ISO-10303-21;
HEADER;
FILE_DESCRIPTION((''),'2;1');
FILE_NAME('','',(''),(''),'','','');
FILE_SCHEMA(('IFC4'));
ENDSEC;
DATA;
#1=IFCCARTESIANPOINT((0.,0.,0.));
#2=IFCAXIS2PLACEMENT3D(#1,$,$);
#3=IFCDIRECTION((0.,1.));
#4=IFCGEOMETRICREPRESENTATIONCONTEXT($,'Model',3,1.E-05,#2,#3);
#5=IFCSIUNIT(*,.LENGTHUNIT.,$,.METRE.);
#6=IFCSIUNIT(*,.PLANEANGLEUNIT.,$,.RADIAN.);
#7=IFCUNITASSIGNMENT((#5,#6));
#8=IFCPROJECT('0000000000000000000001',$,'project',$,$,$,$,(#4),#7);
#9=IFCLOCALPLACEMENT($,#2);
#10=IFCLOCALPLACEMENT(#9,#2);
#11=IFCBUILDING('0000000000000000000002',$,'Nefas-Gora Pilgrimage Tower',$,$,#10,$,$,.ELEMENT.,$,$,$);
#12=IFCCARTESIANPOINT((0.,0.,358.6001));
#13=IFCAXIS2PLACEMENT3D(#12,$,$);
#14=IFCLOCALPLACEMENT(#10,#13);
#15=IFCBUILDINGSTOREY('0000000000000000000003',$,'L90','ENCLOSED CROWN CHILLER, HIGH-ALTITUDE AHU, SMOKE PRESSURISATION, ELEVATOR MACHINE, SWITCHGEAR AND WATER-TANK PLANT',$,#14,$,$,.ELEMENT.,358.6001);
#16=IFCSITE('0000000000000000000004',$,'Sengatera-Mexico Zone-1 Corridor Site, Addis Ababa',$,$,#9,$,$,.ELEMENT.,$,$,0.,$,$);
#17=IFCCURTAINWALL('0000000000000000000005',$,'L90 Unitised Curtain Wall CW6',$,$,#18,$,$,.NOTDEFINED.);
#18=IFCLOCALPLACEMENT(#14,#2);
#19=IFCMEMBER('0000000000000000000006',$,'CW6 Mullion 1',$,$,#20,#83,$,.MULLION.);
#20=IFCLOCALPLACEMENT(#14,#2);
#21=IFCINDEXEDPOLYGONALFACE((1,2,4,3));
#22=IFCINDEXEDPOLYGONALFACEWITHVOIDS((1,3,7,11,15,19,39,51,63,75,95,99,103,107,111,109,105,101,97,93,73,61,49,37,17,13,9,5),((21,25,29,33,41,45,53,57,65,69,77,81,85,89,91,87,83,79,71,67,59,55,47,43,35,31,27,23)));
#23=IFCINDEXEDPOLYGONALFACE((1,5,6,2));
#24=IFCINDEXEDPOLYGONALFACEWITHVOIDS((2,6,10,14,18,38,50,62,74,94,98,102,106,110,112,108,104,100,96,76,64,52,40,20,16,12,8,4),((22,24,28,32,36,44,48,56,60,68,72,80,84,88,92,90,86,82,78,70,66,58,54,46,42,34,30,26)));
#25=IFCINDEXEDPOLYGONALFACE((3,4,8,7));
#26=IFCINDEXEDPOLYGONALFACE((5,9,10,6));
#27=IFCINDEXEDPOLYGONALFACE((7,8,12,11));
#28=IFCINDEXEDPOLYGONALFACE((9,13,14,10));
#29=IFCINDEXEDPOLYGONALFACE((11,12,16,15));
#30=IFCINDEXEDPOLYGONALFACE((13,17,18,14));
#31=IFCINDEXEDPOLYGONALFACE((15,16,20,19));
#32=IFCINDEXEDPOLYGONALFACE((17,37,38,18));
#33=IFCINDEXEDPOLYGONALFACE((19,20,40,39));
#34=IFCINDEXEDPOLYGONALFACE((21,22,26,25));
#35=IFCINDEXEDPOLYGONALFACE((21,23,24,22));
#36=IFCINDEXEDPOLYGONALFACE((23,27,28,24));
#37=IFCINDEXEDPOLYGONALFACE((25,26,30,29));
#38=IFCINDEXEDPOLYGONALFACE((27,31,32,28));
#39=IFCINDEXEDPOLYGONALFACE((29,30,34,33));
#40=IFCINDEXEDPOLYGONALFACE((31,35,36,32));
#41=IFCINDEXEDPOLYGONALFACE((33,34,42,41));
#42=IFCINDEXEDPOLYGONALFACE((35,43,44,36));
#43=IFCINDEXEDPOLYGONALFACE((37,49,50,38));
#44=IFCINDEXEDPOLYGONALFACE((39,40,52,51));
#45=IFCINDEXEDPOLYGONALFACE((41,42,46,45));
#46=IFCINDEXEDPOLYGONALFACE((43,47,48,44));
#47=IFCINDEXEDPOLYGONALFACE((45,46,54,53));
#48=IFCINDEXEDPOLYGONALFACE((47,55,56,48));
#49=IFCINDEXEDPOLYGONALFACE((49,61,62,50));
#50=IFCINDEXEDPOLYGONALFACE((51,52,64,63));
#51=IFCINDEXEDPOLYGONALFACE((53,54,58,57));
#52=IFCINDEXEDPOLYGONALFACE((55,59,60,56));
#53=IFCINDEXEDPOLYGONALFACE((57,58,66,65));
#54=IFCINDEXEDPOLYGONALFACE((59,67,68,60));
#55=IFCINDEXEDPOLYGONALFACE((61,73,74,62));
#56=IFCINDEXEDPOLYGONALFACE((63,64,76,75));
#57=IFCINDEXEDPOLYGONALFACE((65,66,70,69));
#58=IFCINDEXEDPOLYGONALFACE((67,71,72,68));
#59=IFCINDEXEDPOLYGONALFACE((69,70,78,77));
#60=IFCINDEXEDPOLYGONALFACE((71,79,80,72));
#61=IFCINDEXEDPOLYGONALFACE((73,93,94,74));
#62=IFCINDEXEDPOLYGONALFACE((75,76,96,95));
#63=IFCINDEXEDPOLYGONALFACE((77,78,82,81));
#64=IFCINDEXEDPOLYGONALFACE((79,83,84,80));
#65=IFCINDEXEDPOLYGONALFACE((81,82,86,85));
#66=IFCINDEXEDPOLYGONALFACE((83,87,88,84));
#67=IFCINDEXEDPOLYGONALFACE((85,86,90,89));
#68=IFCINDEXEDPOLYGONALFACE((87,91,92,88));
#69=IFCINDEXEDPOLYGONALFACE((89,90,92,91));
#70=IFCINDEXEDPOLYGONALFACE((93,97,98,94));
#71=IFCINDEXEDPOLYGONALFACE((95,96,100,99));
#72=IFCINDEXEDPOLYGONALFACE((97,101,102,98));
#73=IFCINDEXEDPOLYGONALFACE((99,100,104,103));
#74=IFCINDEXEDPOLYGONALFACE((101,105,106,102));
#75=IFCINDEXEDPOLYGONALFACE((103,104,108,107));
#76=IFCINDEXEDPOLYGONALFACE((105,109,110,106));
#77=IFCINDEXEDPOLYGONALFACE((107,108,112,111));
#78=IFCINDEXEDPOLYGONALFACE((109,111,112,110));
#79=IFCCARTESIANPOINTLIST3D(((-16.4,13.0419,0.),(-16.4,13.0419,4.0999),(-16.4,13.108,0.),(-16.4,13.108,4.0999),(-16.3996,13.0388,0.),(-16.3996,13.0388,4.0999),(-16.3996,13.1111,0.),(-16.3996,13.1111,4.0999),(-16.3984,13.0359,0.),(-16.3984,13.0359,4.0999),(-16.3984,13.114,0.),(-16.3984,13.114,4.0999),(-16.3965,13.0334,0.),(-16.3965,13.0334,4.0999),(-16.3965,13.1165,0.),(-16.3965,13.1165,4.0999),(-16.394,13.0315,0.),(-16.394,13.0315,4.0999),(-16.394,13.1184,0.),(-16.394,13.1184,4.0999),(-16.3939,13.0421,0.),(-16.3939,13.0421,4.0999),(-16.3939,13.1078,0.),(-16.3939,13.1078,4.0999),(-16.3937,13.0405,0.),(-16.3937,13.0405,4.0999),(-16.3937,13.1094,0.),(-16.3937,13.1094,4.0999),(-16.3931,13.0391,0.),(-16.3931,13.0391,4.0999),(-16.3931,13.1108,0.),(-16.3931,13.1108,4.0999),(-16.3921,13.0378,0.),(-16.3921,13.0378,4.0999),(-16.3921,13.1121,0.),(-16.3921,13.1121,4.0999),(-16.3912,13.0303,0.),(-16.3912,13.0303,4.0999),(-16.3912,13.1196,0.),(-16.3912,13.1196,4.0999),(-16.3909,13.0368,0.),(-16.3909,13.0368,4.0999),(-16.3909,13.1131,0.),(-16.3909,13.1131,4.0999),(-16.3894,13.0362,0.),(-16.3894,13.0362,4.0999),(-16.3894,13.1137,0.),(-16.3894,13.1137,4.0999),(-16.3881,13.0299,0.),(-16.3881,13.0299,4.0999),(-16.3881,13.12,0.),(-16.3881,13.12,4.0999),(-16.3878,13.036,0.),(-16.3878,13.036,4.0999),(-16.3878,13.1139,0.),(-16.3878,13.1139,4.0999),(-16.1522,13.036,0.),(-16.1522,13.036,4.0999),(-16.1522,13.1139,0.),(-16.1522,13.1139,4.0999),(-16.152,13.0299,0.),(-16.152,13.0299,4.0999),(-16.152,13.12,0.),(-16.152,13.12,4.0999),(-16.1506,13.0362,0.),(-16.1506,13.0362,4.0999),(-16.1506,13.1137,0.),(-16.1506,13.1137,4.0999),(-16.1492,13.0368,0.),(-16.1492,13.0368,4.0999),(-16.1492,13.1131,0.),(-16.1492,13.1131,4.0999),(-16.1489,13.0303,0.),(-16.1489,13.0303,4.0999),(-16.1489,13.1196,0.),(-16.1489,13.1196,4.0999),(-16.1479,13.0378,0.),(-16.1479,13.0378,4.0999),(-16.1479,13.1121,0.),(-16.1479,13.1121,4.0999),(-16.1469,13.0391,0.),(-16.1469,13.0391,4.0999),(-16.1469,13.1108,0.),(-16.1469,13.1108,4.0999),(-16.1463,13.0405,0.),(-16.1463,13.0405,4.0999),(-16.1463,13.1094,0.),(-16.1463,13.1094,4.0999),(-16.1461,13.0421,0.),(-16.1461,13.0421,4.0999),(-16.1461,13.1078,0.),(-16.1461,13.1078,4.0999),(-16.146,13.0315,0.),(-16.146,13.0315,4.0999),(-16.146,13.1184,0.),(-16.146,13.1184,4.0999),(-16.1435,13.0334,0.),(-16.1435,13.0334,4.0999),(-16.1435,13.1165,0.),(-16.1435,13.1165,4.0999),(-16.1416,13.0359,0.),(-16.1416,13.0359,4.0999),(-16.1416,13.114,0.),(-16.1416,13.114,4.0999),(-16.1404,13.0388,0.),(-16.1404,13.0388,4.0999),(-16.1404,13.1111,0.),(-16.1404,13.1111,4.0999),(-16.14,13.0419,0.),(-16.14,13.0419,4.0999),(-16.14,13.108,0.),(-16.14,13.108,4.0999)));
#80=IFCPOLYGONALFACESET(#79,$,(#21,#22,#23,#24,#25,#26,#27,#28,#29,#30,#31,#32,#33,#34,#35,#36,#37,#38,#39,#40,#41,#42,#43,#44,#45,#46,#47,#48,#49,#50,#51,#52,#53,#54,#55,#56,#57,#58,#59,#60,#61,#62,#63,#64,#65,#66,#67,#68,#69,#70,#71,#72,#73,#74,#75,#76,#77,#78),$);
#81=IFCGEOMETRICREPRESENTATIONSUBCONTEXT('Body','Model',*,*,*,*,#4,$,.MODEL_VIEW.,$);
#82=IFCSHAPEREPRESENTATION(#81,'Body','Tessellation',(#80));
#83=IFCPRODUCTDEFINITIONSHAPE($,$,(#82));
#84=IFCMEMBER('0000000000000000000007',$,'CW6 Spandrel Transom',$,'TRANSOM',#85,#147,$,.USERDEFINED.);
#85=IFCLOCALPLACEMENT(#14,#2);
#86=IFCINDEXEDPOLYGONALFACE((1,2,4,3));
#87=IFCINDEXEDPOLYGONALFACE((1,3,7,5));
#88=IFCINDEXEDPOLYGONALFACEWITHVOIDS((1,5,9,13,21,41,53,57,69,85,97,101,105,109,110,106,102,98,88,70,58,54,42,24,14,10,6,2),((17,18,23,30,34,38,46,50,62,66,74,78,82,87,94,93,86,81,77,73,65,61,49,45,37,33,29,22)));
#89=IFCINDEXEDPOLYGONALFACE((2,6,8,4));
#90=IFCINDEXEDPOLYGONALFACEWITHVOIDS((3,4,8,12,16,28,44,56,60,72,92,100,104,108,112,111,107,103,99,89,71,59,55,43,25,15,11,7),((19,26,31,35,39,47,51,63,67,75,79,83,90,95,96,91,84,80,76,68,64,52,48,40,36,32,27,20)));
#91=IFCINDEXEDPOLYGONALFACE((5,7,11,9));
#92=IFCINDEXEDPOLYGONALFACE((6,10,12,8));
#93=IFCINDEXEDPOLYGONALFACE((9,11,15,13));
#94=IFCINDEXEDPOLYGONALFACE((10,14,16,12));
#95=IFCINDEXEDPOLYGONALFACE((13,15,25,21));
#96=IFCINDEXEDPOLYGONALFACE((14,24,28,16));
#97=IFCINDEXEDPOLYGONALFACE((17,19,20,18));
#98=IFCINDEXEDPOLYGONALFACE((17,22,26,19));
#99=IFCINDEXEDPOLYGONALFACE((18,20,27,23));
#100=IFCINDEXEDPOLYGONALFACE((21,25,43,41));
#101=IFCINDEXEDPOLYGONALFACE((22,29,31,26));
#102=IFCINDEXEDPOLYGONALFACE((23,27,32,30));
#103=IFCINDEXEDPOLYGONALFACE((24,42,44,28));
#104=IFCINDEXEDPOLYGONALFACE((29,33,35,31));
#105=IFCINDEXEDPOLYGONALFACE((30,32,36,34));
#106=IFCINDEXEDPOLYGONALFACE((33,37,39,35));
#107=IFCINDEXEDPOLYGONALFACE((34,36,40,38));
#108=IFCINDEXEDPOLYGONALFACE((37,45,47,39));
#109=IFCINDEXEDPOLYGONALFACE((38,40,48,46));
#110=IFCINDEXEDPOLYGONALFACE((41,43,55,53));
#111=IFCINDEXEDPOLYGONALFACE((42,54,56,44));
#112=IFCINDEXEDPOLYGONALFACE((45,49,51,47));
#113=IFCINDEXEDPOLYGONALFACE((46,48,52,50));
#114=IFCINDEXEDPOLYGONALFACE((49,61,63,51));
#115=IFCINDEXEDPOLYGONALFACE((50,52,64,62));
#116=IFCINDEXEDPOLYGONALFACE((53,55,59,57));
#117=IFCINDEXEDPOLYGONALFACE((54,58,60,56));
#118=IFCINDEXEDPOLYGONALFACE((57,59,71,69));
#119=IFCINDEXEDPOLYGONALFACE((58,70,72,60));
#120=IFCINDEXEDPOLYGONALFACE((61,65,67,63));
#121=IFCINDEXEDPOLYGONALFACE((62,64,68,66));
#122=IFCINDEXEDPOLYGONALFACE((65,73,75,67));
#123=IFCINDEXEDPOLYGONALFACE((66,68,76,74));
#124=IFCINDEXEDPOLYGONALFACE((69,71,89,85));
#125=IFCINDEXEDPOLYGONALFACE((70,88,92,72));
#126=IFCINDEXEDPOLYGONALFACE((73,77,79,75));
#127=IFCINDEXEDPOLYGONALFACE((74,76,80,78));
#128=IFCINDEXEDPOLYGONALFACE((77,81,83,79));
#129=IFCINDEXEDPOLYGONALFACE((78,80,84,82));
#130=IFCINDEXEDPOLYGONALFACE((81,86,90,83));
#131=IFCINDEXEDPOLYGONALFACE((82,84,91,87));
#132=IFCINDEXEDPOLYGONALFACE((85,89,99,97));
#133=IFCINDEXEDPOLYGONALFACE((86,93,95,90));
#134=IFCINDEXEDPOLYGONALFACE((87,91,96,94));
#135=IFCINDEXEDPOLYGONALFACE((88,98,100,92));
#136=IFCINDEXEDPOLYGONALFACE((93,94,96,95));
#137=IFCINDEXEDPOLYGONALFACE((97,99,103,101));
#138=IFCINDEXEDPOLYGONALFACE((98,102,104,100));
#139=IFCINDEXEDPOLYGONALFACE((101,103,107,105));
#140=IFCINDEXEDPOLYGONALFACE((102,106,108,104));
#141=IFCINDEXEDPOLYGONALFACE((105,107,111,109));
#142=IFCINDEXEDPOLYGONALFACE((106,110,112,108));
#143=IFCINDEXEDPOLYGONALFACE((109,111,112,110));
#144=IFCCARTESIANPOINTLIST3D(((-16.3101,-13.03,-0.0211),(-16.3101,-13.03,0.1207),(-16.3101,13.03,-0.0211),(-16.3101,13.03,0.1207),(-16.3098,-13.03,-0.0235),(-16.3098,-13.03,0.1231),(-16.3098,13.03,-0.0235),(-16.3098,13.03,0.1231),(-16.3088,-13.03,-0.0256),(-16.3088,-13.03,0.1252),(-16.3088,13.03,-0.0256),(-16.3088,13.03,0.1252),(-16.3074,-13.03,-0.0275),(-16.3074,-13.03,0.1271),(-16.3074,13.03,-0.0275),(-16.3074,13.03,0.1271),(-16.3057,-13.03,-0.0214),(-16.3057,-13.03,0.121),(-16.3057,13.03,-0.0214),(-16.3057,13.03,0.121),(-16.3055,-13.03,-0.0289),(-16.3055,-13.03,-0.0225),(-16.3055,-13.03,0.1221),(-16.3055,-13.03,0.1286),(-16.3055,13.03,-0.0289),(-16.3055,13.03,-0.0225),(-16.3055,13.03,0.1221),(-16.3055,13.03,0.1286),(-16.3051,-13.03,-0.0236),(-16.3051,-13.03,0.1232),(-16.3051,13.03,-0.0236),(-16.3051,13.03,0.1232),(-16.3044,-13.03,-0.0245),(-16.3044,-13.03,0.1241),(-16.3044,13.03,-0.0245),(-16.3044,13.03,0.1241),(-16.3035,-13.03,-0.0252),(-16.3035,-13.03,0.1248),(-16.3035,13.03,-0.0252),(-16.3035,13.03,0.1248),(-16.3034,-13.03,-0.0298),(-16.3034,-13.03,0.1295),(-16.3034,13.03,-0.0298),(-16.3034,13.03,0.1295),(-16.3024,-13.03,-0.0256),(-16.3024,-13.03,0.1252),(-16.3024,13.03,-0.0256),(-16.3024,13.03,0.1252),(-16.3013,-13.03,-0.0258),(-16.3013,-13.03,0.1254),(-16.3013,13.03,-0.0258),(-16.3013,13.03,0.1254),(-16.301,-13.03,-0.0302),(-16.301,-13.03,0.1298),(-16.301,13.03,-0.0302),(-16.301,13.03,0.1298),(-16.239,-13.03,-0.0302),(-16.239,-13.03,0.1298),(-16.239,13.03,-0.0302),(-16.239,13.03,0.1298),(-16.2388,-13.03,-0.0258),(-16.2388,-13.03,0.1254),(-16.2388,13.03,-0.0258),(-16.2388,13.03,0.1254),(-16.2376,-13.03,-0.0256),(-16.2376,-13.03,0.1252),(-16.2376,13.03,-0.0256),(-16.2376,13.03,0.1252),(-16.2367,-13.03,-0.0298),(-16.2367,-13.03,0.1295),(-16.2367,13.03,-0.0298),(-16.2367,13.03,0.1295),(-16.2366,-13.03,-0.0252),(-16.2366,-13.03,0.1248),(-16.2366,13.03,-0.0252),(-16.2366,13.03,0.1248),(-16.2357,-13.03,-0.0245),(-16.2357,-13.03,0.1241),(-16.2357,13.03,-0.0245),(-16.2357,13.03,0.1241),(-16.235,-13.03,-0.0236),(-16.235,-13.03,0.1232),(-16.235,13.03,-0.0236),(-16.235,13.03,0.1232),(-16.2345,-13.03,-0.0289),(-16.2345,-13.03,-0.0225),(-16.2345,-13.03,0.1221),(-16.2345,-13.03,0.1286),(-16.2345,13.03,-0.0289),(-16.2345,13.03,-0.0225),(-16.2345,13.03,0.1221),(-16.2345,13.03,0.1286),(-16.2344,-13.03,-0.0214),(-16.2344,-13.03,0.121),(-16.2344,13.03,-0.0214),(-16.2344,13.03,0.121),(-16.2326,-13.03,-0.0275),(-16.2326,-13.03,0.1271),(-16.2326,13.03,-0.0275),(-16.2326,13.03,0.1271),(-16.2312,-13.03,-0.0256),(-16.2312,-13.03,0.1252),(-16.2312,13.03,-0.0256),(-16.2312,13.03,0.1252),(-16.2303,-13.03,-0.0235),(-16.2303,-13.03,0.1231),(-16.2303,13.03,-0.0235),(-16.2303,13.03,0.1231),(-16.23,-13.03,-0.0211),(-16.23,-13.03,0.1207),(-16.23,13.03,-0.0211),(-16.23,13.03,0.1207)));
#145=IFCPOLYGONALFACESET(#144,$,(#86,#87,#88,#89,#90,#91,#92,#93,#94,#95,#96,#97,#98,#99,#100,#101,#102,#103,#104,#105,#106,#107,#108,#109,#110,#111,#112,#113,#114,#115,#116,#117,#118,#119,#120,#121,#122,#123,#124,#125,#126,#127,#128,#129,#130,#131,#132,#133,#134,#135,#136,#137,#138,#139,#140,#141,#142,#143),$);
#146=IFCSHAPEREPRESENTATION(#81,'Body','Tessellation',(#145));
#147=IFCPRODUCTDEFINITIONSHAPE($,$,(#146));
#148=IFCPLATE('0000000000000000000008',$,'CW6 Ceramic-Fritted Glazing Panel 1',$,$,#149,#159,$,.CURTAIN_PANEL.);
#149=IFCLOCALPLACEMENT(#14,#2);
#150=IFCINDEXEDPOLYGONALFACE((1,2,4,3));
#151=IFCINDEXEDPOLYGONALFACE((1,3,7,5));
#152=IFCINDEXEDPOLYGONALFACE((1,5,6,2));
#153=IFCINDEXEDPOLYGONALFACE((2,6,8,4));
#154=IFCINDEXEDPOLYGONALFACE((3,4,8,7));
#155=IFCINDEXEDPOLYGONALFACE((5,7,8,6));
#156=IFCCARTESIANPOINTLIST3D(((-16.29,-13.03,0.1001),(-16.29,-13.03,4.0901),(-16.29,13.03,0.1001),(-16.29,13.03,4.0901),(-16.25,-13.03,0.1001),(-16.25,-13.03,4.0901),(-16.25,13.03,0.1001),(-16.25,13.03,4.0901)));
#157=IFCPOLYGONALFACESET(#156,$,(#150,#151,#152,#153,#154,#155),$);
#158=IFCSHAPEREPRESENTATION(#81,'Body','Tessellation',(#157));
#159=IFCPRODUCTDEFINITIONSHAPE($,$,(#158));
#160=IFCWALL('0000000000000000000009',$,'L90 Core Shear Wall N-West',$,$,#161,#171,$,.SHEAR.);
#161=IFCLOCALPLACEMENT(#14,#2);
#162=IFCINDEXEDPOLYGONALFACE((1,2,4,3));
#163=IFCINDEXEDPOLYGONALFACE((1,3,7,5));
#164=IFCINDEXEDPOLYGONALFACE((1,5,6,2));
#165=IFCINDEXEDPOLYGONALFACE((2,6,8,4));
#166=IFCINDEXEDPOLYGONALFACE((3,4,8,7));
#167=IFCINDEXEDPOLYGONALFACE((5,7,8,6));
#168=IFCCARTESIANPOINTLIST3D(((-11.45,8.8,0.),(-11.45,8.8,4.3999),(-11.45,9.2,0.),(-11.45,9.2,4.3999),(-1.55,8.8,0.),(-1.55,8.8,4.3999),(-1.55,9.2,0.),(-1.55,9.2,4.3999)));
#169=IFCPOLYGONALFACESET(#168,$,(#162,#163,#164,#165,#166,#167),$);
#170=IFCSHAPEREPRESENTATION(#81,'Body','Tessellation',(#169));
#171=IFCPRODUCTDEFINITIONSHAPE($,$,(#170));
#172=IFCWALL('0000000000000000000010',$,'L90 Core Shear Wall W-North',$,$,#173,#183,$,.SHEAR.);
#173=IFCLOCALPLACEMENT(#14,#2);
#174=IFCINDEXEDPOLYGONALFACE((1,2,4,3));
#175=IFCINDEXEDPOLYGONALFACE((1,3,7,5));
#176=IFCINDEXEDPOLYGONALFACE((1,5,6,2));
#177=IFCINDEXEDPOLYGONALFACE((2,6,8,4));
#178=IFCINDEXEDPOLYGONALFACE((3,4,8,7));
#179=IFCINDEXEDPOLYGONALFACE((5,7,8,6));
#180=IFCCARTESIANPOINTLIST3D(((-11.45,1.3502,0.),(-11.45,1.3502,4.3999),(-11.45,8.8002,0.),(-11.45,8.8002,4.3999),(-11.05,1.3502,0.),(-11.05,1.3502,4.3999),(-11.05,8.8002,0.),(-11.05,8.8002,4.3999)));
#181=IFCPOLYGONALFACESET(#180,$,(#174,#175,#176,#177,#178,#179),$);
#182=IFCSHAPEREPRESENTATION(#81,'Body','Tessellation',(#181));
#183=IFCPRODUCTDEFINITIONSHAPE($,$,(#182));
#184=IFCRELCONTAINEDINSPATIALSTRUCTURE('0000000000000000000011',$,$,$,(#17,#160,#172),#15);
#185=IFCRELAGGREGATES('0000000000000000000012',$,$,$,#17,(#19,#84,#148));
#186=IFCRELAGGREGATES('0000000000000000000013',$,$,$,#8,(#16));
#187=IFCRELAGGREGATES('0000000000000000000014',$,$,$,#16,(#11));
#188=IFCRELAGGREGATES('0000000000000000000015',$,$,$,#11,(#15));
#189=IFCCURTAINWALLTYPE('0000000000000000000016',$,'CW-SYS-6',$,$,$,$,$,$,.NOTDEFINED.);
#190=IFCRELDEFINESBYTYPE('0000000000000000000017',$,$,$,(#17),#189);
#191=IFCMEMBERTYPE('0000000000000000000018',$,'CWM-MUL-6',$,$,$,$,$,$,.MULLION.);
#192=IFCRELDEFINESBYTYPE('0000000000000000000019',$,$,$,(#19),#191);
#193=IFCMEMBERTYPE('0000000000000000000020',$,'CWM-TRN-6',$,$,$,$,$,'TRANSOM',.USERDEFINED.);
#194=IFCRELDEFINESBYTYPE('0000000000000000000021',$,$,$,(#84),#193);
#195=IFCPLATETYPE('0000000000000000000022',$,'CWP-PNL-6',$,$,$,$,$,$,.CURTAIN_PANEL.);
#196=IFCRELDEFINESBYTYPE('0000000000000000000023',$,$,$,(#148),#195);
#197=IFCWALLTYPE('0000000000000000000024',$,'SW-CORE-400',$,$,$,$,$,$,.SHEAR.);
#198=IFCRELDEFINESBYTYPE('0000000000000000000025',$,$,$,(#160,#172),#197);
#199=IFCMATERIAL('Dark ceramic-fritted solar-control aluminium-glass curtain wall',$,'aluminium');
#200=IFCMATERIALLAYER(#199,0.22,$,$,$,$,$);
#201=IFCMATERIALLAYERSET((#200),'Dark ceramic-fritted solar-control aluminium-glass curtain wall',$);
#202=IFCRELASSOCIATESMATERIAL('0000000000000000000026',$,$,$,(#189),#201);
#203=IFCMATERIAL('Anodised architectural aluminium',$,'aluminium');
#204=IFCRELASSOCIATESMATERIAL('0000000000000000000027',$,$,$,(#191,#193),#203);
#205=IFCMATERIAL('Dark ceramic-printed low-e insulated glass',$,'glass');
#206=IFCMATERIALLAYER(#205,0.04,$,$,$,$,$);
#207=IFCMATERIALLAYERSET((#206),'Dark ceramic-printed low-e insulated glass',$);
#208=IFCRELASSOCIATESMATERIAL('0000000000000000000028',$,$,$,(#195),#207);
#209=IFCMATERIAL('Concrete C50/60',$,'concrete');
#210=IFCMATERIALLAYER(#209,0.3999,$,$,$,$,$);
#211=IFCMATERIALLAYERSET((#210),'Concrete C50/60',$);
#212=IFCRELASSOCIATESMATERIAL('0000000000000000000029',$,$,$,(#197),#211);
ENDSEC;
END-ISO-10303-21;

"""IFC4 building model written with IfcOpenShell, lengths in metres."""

from ifc_helpers import new_model, si_unit, direction, frame, frame_2d, origin, origin_2d, place, context, subcontext, project, spatial, rectangle, hollow_rectangle, extrude, source, transform, mapped, material, layer, layer_set, material_profile, profile_set, type_object, element, aggregate, save


model = new_model("IFC4")

# Units and contexts
model_context = context("Model", 3, precision=1e-05, world=origin(), true_north=direction((0.0, 1.0)))
body_context = subcontext(model_context, "Body", "Model", "MODEL_VIEW")
ifc_project = project(units=[si_unit("LENGTHUNIT", "METRE"), si_unit("PLANEANGLEUNIT", "RADIAN")], contexts=[model_context])

# Site, building, storey
site_placement = place(None, origin())
site = spatial("IfcSite", under=ifc_project, at=site_placement, Name="Sengatera-Mexico Zone-1 Corridor Site, Addis Ababa", CompositionType="ELEMENT", RefElevation=0.0)
building_placement = place(site_placement, origin())
building = spatial("IfcBuilding", under=site, at=building_placement, Name="Nefas-Gora Pilgrimage Tower", CompositionType="ELEMENT")
storey_placement = place(building_placement, frame((0.0, 0.0, 358.6001)))
storey = spatial("IfcBuildingStorey", under=building, at=storey_placement, Name="L90", Description="ENCLOSED CROWN CHILLER, HIGH-ALTITUDE AHU, SMOKE PRESSURISATION, ELEVATOR MACHINE, SWITCHGEAR AND WATER-TANK PLANT", CompositionType="ELEMENT", Elevation=358.6001)

# Shared definitions
ifc_material_1 = material(Name="Concrete C50/60", Category="concrete")

# Shared definitions
ifc_material_2 = material(Name="Dark ceramic-fritted solar-control aluminium-glass curtain wall", Category="aluminium")
ifc_layer_1 = layer(ifc_material_2, 0.22)
ifc_layer_set_1 = layer_set([ifc_layer_1], Name="Dark ceramic-fritted solar-control aluminium-glass curtain wall")
curtain_wall_type = type_object("IfcCurtainWallType", Name="CW-SYS-6", PredefinedType="NOTDEFINED", material=ifc_layer_set_1)
ifc_material_3 = material(Name="Anodised architectural aluminium", Category="aluminium")
ifc_material_profile_1 = material_profile(ifc_material_3, hollow_rectangle(XDim=0.0901, YDim=0.26, WallThickness=0.0061, InnerFilletRadius=0.0061, OuterFilletRadius=0.012, at=origin_2d()), Name="ALU MULLION 90x260")
ifc_profile_set_1 = profile_set([ifc_material_profile_1], Name="Anodised architectural aluminium")
member_type_1 = type_object("IfcMemberType", Name="CWM-MUL-6", PredefinedType="MULLION", material=ifc_profile_set_1)
shared_shape_1 = source(origin(), body_context, "Body", "SweptSolid", [
    extrude(hollow_rectangle(XDim=0.0901, YDim=0.26, WallThickness=0.0061, InnerFilletRadius=0.0061, OuterFilletRadius=0.012, at=origin_2d()), origin(), (0.0, 0.0, 1.0), 4.0999),
])

# Curtain wall, members, plate
curtain_wall_1_placement = place(storey_placement, origin())
curtain_wall_1 = element("IfcCurtainWall", 1, at=curtain_wall_1_placement, inside=storey, type_object=curtain_wall_type, Name="L90 Unitised Curtain Wall CW6", PredefinedType="NOTDEFINED")
member_1_placement = place(storey_placement, frame((-16.27, 13.075, 0.0), z_axis=(0.0, 0.0, 1.0), x_axis=(0.0, -1.0, 0.0)))
member_1 = element("IfcMember", 2, at=member_1_placement, type_object=member_type_1, Name="CW6 Mullion 1", PredefinedType="MULLION", context=body_context, shape_type="MappedRepresentation", body=[
    mapped(shared_shape_1, transform((0.0, 0.0, 0.0), x_axis=(1.0, 0.0, 0.0), y_axis=(0.0, 1.0, 0.0), z_axis=(0.0, 0.0, 1.0), scale=1.0)),
])
ifc_material_profile_2 = material_profile(ifc_material_3, hollow_rectangle(XDim=0.0801, YDim=0.1599, WallThickness=0.0044, InnerFilletRadius=0.0044, OuterFilletRadius=0.009, at=origin_2d()), Name="ALU TRANSOM 80x160")
ifc_profile_set_2 = profile_set([ifc_material_profile_2], Name="Anodised architectural aluminium")
member_type_2 = type_object("IfcMemberType", Name="CWM-TRN-6", ElementType="TRANSOM", PredefinedType="USERDEFINED", material=ifc_profile_set_2)
shared_shape_2 = source(origin(), body_context, "Body", "SweptSolid", [
    extrude(hollow_rectangle(XDim=0.0801, YDim=0.1599, WallThickness=0.0044, InnerFilletRadius=0.0044, OuterFilletRadius=0.009, at=origin_2d()), origin(), (0.0, 0.0, 1.0), 26.0601),
])
member_2_placement = place(storey_placement, frame((-16.27, 13.03, 0.0498), z_axis=(0.0, -1.0, 0.0), x_axis=(1.0, 0.0, 0.0)))
member_2 = element("IfcMember", 3, at=member_2_placement, type_object=member_type_2, Name="CW6 Spandrel Transom", ObjectType="TRANSOM", PredefinedType="USERDEFINED", context=body_context, shape_type="MappedRepresentation", body=[
    mapped(shared_shape_2, transform((0.0, 0.0, 0.0), x_axis=(1.0, 0.0, 0.0), y_axis=(0.0, 1.0, 0.0), z_axis=(0.0, 0.0, 1.0), scale=1.0)),
])
ifc_material_4 = material(Name="Dark ceramic-printed low-e insulated glass", Category="glass")
ifc_layer_2 = layer(ifc_material_4, 0.04)
ifc_layer_set_2 = layer_set([ifc_layer_2], Name="Dark ceramic-printed low-e insulated glass")
plate_type = type_object("IfcPlateType", Name="CWP-PNL-6", PredefinedType="CURTAIN_PANEL", material=ifc_layer_set_2)
shared_shape_3 = source(origin(), body_context, "Body", "SweptSolid", [
    extrude(rectangle(XDim=26.0601, YDim=0.04, at=origin_2d()), origin(), (0.0, 0.0, 1.0), 3.99),
])
plate_placement = place(storey_placement, frame((-16.27, 0.0, 0.1001), z_axis=(0.0, 0.0, 1.0), x_axis=(0.0, -1.0, 0.0)))
plate = element("IfcPlate", 4, at=plate_placement, type_object=plate_type, Name="CW6 Ceramic-Fritted Glazing Panel 1", PredefinedType="CURTAIN_PANEL", context=body_context, shape_type="MappedRepresentation", body=[
    mapped(shared_shape_3, transform((0.0, 0.0, 0.0), x_axis=(1.0, 0.0, 0.0), y_axis=(0.0, 1.0, 0.0), z_axis=(0.0, 0.0, 1.0), scale=1.0)),
])
aggregate(curtain_wall_1, [member_1, member_2, plate])

# Walls
ifc_layer_3 = layer(ifc_material_1, 0.3999)
ifc_layer_set_3 = layer_set([ifc_layer_3], Name="Concrete C50/60")
wall_type_1 = type_object("IfcWallType", Name="SW-CORE-400", PredefinedType="SHEAR", material=ifc_layer_set_3)
shared_shape_4 = source(origin(), body_context, "Body", "SweptSolid", [
    extrude(rectangle(XDim=9.8999, YDim=0.3999, at=frame_2d((4.95, 0.0))), origin(), (0.0, 0.0, 1.0), 4.3999),
])
wall_1_placement = place(storey_placement, frame((-11.45, 9.0, 0.0), z_axis=(0.0, 0.0, 1.0), x_axis=(1.0, 0.0, 0.0)))
element("IfcWall", 5, at=wall_1_placement, inside=storey, type_object=wall_type_1, Name="L90 Core Shear Wall N-West", PredefinedType="SHEAR", context=body_context, shape_type="MappedRepresentation", body=[
    mapped(shared_shape_4, transform((0.0, 0.0, 0.0), x_axis=(1.0, 0.0, 0.0), y_axis=(0.0, 1.0, 0.0), z_axis=(0.0, 0.0, 1.0), scale=1.0)),
])
shared_shape_5 = source(origin(), body_context, "Body", "SweptSolid", [
    extrude(rectangle(XDim=7.45, YDim=0.3999, at=frame_2d((3.7251, 0.0))), origin(), (0.0, 0.0, 1.0), 4.3999),
])
wall_2_placement = place(storey_placement, frame((-11.25, 1.3501, 0.0), z_axis=(0.0, 0.0, 1.0), x_axis=(0.0, 1.0, 0.0)))
element("IfcWall", 6, at=wall_2_placement, inside=storey, type_object=wall_type_1, Name="L90 Core Shear Wall W-North", PredefinedType="SHEAR", context=body_context, shape_type="MappedRepresentation", body=[
    mapped(shared_shape_5, transform((0.0, 0.0, 0.0), x_axis=(1.0, 0.0, 0.0), y_axis=(0.0, 1.0, 0.0), z_axis=(0.0, 0.0, 1.0), scale=1.0)),
])

save(model, "model.ifc")
